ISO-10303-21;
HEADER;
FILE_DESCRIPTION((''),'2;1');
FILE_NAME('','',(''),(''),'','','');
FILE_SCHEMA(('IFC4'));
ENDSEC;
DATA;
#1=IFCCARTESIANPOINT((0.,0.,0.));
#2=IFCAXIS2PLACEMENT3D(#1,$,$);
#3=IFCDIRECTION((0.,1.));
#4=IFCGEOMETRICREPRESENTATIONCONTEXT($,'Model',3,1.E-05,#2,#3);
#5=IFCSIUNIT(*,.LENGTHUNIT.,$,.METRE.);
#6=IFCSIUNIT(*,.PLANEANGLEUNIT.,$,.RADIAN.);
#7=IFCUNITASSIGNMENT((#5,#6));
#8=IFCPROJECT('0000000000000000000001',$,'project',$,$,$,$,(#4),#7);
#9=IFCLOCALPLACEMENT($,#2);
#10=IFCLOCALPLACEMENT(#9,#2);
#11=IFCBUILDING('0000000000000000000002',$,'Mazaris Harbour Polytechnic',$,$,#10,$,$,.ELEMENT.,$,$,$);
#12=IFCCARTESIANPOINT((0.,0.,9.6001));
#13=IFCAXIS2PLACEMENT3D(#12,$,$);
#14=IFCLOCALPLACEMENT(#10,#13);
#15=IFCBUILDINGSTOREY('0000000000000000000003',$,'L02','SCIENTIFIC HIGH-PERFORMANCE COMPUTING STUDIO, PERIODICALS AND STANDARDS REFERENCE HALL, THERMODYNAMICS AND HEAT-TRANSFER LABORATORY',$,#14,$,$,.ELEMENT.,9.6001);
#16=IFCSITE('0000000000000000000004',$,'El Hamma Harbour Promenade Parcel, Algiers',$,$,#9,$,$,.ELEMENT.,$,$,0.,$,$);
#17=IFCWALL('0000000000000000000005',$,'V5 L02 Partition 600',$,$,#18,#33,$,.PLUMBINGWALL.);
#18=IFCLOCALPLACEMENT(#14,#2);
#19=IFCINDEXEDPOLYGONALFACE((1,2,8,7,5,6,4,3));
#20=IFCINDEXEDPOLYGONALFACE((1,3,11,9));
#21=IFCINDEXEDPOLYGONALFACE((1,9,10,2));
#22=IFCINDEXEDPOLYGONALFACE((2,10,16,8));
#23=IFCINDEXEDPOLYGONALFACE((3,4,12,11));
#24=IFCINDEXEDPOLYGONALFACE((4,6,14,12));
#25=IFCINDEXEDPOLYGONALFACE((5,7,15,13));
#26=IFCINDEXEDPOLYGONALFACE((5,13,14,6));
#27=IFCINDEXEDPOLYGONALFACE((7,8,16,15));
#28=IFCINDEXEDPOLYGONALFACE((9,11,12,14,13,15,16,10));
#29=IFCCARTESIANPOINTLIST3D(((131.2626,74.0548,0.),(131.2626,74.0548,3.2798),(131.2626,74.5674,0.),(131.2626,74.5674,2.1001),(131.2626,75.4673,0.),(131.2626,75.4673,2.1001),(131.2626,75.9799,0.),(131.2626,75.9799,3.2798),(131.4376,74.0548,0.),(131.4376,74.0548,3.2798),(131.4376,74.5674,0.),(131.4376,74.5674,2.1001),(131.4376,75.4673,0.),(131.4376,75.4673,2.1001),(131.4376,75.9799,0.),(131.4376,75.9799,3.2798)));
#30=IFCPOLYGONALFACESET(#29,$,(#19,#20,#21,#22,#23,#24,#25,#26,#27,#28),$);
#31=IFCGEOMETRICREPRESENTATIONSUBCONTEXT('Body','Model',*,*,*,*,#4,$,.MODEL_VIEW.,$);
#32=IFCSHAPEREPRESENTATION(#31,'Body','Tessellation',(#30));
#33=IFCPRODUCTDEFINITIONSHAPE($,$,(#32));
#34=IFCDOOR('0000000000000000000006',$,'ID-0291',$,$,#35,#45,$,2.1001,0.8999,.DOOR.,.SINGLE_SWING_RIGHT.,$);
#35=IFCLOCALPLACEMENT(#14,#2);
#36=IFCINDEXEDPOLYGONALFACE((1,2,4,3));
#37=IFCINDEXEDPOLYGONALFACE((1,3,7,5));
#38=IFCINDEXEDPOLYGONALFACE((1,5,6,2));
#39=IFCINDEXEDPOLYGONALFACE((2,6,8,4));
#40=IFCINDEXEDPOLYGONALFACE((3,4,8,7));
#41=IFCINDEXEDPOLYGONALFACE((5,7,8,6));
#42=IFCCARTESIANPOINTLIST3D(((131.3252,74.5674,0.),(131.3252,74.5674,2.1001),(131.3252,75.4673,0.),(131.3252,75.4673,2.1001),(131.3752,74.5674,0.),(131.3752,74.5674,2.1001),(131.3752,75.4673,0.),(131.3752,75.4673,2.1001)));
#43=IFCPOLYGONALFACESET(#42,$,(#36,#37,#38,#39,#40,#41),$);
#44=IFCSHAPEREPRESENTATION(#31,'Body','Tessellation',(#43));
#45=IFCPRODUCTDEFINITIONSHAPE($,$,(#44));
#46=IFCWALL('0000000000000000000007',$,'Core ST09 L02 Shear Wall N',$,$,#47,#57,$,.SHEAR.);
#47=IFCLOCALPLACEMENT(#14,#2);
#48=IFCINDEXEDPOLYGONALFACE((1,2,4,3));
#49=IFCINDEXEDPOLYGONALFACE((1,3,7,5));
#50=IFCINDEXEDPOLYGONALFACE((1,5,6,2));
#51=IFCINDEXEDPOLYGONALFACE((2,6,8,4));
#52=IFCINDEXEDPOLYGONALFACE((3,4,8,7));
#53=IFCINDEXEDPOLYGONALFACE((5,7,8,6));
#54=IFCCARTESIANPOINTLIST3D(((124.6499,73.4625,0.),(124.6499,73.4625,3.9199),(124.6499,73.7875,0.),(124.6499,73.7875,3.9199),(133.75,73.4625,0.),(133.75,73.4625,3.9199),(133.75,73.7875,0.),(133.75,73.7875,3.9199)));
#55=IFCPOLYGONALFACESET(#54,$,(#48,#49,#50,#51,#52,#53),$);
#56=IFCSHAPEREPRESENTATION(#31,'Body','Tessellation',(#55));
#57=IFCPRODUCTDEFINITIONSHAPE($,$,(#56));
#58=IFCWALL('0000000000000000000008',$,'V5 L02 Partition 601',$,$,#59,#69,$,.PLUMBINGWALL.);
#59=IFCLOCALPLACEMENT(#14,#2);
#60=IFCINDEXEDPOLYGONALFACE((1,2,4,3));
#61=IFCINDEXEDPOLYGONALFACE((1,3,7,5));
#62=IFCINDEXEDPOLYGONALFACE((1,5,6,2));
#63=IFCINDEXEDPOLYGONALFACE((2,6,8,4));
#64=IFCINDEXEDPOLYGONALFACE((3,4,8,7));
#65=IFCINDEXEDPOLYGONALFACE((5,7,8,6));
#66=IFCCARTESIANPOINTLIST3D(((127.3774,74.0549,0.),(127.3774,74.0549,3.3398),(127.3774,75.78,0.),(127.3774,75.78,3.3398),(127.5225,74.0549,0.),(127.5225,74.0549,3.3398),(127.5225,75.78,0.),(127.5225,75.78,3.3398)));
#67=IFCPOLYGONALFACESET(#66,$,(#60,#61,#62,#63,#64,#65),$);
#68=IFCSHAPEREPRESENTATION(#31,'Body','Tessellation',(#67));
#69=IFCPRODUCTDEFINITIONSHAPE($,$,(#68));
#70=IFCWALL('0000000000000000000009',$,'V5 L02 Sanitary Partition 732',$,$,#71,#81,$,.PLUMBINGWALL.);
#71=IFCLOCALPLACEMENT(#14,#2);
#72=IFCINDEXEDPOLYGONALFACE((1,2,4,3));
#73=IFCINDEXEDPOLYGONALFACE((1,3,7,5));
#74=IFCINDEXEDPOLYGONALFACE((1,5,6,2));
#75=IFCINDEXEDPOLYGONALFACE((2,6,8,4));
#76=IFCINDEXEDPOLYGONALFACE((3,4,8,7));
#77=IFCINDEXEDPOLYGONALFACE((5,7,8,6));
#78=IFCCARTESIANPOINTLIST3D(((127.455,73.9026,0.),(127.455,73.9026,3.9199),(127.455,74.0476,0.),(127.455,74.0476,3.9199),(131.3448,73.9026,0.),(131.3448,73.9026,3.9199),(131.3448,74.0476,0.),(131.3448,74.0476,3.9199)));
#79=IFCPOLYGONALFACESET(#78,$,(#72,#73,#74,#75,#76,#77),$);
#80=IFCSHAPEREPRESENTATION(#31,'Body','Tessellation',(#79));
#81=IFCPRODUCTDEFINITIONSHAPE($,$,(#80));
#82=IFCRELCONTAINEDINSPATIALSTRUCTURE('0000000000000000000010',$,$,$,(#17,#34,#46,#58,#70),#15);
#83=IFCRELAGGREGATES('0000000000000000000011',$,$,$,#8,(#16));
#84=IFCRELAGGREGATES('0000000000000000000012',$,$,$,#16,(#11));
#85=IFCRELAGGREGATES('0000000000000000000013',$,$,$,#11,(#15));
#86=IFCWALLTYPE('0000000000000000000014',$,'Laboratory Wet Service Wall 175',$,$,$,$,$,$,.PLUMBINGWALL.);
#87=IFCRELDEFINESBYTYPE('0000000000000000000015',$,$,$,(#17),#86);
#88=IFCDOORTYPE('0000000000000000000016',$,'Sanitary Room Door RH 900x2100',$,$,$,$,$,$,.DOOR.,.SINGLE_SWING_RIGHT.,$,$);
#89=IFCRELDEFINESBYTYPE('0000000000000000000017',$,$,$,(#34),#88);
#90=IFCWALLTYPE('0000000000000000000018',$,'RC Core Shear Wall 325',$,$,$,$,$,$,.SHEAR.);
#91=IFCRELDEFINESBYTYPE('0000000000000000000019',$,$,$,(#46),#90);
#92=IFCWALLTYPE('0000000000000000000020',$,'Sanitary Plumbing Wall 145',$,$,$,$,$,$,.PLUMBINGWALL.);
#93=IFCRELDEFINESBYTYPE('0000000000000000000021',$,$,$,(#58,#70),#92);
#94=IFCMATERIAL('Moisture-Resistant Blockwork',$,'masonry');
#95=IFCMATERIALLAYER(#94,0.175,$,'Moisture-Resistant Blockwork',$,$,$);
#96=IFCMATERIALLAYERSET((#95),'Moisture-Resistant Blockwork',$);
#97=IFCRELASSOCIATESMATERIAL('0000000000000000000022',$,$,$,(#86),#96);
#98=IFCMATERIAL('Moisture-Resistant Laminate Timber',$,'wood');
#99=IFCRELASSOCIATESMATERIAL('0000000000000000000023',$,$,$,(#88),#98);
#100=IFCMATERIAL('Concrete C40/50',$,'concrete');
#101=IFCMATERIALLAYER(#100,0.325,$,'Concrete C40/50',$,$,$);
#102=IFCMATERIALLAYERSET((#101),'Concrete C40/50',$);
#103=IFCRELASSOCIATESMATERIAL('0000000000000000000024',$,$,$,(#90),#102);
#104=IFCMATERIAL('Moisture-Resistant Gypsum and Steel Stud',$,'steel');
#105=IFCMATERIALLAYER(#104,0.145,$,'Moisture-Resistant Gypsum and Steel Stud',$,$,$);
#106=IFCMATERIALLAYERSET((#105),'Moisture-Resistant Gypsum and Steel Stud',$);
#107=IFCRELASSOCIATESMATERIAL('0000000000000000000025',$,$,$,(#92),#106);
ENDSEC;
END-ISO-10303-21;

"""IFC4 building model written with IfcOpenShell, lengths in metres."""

from ifc_helpers import new_model, si_unit, direction, frame, frame_2d, origin, place, context, subcontext, project, spatial, rectangle, extrude, material, layer, layer_set, type_object, element, fill, save


model = new_model("IFC4")

# Units and contexts
model_context = context("Model", 3, precision=1e-05, world=origin(), true_north=direction((0.0, 1.0)))
body_context = subcontext(model_context, "Body", "Model", "MODEL_VIEW")
ifc_project = project(units=[si_unit("LENGTHUNIT", "METRE"), si_unit("PLANEANGLEUNIT", "RADIAN")], contexts=[model_context])

# Site, building, storey
site_placement = place(None, origin())
site = spatial("IfcSite", under=ifc_project, at=site_placement, Name="El Hamma Harbour Promenade Parcel, Algiers", CompositionType="ELEMENT", RefElevation=0.0)
building_placement = place(site_placement, origin())
building = spatial("IfcBuilding", under=site, at=building_placement, Name="Mazaris Harbour Polytechnic", CompositionType="ELEMENT")
storey_placement = place(building_placement, frame((0.0, 0.0, 9.6001)))
storey = spatial("IfcBuildingStorey", under=building, at=storey_placement, Name="L02", Description="SCIENTIFIC HIGH-PERFORMANCE COMPUTING STUDIO, PERIODICALS AND STANDARDS REFERENCE HALL, THERMODYNAMICS AND HEAT-TRANSFER LABORATORY", CompositionType="ELEMENT", Elevation=9.6001)

# Wall, opening, door
ifc_material_1 = material(Name="Moisture-Resistant Blockwork", Category="masonry")
ifc_layer_1 = layer(ifc_material_1, 0.175, Name="Moisture-Resistant Blockwork")
ifc_layer_set_1 = layer_set([ifc_layer_1], Name="Moisture-Resistant Blockwork")
wall_type_1 = type_object("IfcWallType", Name="Laboratory Wet Service Wall 175", PredefinedType="PLUMBINGWALL", material=ifc_layer_set_1)
wall_1_placement = place(storey_placement, frame((131.3501, 74.0549, 0.0), z_axis=(0.0, 0.0, 1.0), x_axis=(0.0, 1.0, 0.0)))
wall_1 = element("IfcWall", 1, at=wall_1_placement, inside=storey, type_object=wall_type_1, Name="V5 L02 Partition 600", PredefinedType="PLUMBINGWALL", context=body_context, shape_type="SweptSolid", body=[
    extrude(rectangle(XDim=1.925, YDim=0.175, at=frame_2d((0.9624, 0.0))), origin(), (0.0, 0.0, 1.0), 3.2798),
])
opening_1_placement = place(wall_1_placement, frame((0.5125, 0.0, 0.0)))
opening_1 = element("IfcOpeningElement", 2, at=opening_1_placement, cuts=wall_1, PredefinedType="OPENING", context=body_context, shape_type="SweptSolid", body=[
    extrude(rectangle(XDim=0.8999, YDim=2.1001, at=frame_2d((0.45, 1.05))), frame((0.0, 0.0974, 0.0), z_axis=(0.0, -1.0, 0.0), x_axis=(1.0, 0.0, 0.0)), (0.0, 0.0, 1.0), 0.1951),
])
ifc_material_2 = material(Name="Moisture-Resistant Laminate Timber", Category="wood")
door_type_1 = type_object("IfcDoorType", Name="Sanitary Room Door RH 900x2100", OperationType="SINGLE_SWING_RIGHT", PredefinedType="DOOR", material=ifc_material_2)
door_1_placement = place(opening_1_placement, origin())
door_1 = element("IfcDoor", 3, at=door_1_placement, inside=storey, type_object=door_type_1, Name="ID-0291", OperationType="SINGLE_SWING_RIGHT", OverallHeight=2.1001, OverallWidth=0.8999, PredefinedType="DOOR", context=body_context, shape_type="SweptSolid", body=[
    extrude(rectangle(XDim=0.8999, YDim=2.1001, at=frame_2d((0.45, 1.05))), frame((0.0, 0.0249, 0.0), z_axis=(0.0, -1.0, 0.0), x_axis=(1.0, 0.0, 0.0)), (0.0, 0.0, 1.0), 0.05),
])
fill(opening_1, door_1)

# Walls
ifc_material_3 = material(Name="Concrete C40/50", Category="concrete")
ifc_layer_2 = layer(ifc_material_3, 0.325, Name="Concrete C40/50")
ifc_layer_set_2 = layer_set([ifc_layer_2], Name="Concrete C40/50")
wall_type_2 = type_object("IfcWallType", Name="RC Core Shear Wall 325", PredefinedType="SHEAR", material=ifc_layer_set_2)
wall_2_placement = place(storey_placement, frame((133.75, 73.625, 0.0), z_axis=(0.0, 0.0, 1.0), x_axis=(-1.0, 0.0, 0.0)))
element("IfcWall", 4, at=wall_2_placement, inside=storey, type_object=wall_type_2, Name="Core ST09 L02 Shear Wall N", PredefinedType="SHEAR", context=body_context, shape_type="SweptSolid", body=[
    extrude(rectangle(XDim=9.1001, YDim=0.325, at=frame_2d((4.55, 0.0))), origin(), (0.0, 0.0, 1.0), 3.9199),
])
ifc_material_4 = material(Name="Moisture-Resistant Gypsum and Steel Stud", Category="steel")
ifc_layer_3 = layer(ifc_material_4, 0.145, Name="Moisture-Resistant Gypsum and Steel Stud")
ifc_layer_set_3 = layer_set([ifc_layer_3], Name="Moisture-Resistant Gypsum and Steel Stud")
wall_type_3 = type_object("IfcWallType", Name="Sanitary Plumbing Wall 145", PredefinedType="PLUMBINGWALL", material=ifc_layer_set_3)
wall_3_placement = place(storey_placement, frame((127.45, 74.0549, 0.0), z_axis=(0.0, 0.0, 1.0), x_axis=(0.0, 1.0, 0.0)))
element("IfcWall", 5, at=wall_3_placement, inside=storey, type_object=wall_type_3, Name="V5 L02 Partition 601", PredefinedType="PLUMBINGWALL", context=body_context, shape_type="SweptSolid", body=[
    extrude(rectangle(XDim=1.7251, YDim=0.145, at=frame_2d((0.8625, 0.0))), origin(), (0.0, 0.0, 1.0), 3.3398),
])
wall_4_placement = place(storey_placement, frame((127.4551, 73.9751, 0.0), z_axis=(0.0, 0.0, 1.0), x_axis=(1.0, 0.0, 0.0)))
element("IfcWall", 6, at=wall_4_placement, inside=storey, type_object=wall_type_3, Name="V5 L02 Sanitary Partition 732", PredefinedType="PLUMBINGWALL", context=body_context, shape_type="SweptSolid", body=[
    extrude(rectangle(XDim=3.8899, YDim=0.145, at=frame_2d((1.9448, 0.0))), origin(), (0.0, 0.0, 1.0), 3.9199),
])

save(model, "model.ifc")
